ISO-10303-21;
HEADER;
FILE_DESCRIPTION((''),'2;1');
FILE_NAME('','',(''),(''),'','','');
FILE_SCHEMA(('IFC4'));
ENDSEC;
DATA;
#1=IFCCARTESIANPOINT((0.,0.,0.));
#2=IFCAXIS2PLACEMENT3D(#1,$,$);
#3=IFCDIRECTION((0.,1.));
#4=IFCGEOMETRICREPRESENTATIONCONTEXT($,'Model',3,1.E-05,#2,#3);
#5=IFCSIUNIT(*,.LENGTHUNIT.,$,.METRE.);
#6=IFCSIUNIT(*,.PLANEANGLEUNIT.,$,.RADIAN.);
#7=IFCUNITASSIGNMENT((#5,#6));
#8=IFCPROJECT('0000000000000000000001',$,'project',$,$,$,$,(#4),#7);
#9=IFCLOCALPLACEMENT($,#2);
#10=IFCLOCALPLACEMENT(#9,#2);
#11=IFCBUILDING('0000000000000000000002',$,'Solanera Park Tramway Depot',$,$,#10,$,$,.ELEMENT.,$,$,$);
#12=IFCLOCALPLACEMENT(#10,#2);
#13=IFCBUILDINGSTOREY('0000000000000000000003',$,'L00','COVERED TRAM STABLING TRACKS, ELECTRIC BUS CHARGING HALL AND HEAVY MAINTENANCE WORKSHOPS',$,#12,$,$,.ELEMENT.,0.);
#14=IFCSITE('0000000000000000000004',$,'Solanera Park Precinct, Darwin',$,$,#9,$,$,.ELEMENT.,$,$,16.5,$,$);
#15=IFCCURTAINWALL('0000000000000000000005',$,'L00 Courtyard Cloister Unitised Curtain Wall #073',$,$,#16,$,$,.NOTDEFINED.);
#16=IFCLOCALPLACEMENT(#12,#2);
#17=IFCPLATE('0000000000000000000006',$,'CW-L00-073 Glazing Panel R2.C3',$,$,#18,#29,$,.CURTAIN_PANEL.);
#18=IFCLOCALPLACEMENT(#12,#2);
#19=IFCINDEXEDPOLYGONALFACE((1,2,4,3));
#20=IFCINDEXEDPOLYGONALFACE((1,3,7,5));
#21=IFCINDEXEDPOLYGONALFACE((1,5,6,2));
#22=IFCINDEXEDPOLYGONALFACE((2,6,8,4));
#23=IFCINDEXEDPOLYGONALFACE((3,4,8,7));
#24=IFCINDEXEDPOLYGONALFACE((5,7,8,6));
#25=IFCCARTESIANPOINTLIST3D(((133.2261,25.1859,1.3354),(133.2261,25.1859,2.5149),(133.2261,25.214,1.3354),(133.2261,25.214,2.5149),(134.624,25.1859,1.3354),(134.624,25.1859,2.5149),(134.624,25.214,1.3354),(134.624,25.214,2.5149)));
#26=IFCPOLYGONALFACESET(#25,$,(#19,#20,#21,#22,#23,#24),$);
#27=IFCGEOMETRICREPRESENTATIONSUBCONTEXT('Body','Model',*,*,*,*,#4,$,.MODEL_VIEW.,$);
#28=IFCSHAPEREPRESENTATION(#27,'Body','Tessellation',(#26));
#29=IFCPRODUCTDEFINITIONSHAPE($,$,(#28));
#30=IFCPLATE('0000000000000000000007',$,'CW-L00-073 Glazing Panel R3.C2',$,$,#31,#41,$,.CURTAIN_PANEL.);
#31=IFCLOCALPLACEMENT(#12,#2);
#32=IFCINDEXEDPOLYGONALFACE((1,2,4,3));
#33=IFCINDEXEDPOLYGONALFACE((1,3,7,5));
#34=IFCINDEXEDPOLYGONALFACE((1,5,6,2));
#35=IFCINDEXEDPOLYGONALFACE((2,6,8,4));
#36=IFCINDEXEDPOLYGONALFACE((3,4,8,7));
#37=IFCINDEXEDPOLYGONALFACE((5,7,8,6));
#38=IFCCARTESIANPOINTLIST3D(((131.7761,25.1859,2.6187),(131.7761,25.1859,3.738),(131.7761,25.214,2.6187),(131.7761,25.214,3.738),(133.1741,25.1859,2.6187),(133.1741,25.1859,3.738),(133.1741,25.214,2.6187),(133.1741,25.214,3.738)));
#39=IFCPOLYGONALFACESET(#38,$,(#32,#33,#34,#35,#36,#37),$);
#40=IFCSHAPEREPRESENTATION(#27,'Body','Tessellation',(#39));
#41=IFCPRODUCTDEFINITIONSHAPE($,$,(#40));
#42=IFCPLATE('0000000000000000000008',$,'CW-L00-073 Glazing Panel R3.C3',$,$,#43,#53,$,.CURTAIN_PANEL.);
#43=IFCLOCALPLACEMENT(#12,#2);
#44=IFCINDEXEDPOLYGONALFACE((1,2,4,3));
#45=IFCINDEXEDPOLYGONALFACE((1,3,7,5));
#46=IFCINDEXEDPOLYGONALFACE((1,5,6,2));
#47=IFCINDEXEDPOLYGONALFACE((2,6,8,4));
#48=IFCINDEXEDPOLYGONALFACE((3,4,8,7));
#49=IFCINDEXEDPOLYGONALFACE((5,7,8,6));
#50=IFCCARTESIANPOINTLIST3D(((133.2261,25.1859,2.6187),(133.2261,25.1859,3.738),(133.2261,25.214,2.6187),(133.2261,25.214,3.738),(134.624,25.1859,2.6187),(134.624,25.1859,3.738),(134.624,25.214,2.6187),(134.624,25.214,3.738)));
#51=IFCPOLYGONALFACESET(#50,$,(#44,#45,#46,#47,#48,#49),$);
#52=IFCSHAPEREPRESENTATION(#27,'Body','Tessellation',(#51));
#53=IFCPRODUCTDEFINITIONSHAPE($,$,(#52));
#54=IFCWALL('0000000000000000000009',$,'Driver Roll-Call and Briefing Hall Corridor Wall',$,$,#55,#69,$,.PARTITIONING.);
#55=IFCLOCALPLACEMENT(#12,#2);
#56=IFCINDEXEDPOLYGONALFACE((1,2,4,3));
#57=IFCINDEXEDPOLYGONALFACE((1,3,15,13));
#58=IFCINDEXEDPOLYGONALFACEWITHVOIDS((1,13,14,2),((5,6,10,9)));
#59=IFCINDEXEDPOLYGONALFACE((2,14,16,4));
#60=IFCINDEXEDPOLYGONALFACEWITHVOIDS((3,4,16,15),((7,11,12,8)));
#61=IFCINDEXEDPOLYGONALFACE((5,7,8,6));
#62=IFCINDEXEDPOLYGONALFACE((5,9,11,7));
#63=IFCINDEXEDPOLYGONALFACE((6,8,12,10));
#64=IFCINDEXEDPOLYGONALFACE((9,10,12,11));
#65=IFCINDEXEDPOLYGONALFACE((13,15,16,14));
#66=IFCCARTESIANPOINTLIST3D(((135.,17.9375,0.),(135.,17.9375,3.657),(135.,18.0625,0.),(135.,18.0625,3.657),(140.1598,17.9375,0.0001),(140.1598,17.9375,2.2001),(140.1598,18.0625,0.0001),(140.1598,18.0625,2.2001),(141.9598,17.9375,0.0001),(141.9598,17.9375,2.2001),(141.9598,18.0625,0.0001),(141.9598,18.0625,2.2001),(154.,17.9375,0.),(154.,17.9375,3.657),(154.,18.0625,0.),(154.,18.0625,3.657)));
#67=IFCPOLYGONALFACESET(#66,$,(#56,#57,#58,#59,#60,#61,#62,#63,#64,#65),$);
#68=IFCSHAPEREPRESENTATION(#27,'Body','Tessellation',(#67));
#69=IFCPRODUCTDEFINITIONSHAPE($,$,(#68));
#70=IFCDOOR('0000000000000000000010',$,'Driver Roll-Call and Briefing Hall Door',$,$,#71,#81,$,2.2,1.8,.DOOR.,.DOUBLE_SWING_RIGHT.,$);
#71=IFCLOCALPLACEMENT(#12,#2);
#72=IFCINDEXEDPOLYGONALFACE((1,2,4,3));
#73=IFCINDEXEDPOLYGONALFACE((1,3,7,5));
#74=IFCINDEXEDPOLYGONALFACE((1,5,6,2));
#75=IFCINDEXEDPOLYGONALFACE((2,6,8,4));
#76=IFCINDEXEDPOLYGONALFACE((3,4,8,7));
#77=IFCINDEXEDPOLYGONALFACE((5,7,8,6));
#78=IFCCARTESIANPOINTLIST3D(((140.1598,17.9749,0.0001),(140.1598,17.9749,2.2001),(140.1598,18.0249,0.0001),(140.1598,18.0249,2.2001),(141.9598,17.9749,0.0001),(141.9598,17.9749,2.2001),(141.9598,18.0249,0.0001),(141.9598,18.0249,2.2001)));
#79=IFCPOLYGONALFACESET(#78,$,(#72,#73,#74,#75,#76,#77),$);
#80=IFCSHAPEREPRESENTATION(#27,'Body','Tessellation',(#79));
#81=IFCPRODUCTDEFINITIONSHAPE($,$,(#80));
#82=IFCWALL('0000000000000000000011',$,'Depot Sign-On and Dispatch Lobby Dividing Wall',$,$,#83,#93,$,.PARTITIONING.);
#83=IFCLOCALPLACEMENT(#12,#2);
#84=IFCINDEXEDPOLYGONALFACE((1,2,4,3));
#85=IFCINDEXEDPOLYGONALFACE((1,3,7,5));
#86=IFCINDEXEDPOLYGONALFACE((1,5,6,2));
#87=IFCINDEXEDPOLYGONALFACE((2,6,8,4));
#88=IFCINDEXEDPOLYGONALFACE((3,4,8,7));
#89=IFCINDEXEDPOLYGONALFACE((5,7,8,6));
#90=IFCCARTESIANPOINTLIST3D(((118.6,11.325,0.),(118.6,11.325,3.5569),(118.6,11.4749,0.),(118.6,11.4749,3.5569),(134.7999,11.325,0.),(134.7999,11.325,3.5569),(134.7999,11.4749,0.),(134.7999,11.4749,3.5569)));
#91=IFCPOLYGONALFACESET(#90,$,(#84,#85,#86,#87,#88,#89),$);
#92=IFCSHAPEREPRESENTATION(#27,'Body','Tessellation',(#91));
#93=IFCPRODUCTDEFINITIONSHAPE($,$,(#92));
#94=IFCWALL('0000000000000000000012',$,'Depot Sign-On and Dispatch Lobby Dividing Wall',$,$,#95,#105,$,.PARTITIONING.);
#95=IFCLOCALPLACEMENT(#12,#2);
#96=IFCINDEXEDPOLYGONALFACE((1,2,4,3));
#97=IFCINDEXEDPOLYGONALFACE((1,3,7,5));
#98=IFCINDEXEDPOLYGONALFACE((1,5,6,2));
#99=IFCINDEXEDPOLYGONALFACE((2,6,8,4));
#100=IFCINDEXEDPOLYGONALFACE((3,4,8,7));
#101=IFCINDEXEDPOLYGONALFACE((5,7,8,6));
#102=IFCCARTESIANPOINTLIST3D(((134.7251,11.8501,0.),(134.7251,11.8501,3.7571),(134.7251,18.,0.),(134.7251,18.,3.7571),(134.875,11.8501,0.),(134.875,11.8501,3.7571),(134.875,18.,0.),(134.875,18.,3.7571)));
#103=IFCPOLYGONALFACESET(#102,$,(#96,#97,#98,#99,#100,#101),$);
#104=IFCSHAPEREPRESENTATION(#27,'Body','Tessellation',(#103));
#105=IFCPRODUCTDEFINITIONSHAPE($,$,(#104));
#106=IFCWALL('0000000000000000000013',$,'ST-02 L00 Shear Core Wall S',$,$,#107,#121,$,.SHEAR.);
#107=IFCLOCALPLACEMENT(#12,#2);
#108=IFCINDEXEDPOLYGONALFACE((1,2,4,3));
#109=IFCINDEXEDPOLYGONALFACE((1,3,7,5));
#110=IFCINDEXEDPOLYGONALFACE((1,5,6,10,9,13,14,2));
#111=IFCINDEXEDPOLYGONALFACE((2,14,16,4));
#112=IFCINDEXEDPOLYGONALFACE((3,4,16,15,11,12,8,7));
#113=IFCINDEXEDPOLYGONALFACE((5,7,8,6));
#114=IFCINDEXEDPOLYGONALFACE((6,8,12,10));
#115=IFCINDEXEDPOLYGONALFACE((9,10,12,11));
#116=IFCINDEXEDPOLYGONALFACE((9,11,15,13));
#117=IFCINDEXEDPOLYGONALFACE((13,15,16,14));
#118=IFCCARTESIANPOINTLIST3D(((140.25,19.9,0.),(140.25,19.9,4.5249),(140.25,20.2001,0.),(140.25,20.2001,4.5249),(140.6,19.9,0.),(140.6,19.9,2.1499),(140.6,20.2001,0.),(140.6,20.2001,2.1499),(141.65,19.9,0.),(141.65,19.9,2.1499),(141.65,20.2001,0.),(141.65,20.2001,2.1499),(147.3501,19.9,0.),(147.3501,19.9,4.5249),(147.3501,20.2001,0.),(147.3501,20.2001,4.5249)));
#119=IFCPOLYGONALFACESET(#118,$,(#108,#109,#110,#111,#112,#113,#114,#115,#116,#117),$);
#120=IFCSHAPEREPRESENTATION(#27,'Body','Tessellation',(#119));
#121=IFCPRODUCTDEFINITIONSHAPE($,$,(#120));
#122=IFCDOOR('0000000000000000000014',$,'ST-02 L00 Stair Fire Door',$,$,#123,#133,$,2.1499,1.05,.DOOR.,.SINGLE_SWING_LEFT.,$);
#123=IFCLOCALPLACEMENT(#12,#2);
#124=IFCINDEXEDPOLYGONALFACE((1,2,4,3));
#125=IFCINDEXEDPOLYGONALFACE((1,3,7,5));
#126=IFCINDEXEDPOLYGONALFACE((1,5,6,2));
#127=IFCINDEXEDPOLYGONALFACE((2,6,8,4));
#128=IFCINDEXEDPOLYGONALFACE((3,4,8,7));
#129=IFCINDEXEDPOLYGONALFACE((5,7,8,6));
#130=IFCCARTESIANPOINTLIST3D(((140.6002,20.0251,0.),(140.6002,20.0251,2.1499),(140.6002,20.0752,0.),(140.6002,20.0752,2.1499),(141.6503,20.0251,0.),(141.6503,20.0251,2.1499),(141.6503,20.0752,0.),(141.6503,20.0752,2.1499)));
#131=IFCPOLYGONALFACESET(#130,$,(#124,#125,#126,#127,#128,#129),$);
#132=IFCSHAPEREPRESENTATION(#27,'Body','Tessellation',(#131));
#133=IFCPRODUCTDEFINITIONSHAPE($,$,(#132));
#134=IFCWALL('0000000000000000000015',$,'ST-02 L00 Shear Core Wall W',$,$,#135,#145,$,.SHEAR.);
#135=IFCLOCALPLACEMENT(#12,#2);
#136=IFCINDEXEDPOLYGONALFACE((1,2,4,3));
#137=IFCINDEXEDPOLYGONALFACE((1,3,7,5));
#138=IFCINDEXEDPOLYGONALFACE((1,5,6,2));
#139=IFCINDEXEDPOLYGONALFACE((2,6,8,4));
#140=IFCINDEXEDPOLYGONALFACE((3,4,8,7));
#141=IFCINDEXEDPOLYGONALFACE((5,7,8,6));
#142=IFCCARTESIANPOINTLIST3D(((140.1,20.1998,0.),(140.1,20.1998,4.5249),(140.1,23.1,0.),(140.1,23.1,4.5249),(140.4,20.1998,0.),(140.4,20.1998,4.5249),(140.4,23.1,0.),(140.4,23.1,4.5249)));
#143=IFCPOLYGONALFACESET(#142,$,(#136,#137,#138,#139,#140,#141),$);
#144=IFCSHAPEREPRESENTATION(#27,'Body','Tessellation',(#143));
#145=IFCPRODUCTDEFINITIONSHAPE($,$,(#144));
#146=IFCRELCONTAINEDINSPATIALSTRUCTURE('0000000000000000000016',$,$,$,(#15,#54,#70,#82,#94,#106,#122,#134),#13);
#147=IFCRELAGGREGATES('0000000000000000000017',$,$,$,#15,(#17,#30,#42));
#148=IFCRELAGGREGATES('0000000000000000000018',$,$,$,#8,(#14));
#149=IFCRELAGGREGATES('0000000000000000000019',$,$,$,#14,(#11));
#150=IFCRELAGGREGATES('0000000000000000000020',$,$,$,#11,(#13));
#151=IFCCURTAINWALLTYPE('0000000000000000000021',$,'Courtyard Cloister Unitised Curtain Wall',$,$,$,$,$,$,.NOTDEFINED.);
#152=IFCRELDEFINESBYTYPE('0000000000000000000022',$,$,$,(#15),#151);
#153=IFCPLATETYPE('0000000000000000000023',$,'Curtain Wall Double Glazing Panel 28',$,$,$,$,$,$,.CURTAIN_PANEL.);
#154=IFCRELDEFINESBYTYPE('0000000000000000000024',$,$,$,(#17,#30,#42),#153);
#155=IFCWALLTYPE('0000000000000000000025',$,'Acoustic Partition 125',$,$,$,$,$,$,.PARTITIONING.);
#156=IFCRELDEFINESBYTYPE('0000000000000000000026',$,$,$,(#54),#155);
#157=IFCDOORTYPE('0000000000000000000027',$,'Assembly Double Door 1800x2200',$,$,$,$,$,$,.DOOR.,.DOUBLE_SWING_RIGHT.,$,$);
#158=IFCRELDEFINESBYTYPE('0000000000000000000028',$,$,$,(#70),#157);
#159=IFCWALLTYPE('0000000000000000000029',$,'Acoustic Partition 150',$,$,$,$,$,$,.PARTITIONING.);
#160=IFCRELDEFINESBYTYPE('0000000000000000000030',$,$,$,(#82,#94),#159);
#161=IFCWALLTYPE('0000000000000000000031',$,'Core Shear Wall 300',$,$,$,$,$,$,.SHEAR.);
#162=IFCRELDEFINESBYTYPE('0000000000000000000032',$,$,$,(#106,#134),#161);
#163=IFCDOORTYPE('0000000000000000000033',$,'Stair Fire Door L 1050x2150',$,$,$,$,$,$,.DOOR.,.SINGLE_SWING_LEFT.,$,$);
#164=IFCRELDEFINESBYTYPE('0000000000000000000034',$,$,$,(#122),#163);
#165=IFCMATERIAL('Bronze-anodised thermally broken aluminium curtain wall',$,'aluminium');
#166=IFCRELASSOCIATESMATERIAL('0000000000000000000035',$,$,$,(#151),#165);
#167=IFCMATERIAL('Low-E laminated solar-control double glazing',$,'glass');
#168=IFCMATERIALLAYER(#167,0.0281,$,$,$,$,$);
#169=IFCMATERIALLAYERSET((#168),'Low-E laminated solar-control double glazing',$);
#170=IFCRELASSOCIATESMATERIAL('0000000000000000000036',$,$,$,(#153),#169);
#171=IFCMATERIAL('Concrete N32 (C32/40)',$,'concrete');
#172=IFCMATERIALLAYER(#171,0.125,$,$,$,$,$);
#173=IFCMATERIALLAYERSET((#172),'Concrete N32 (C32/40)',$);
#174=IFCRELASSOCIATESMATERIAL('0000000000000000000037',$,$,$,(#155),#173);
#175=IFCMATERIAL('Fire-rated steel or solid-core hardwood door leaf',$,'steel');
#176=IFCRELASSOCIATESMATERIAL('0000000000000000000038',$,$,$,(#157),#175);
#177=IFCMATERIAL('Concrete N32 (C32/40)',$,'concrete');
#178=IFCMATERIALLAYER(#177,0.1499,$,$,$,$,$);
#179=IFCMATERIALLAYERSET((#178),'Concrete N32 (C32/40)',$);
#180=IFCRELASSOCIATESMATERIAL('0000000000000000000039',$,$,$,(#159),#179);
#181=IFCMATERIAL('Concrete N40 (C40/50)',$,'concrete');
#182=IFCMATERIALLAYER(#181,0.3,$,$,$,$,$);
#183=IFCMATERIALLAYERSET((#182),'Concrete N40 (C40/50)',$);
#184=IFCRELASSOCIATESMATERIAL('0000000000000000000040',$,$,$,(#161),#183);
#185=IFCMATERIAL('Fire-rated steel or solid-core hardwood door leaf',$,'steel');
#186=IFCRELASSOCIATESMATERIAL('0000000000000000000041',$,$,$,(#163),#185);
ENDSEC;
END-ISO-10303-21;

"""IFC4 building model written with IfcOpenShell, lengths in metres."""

from ifc_helpers import new_model, si_unit, direction, frame, frame_2d, origin, origin_2d, place, context, subcontext, project, spatial, rectangle, extrude, material, layer, layer_set, type_object, element, fill, aggregate, save


model = new_model("IFC4")

# Units and contexts
model_context = context("Model", 3, precision=1e-05, world=origin(), true_north=direction((0.0, 1.0)))
body_context = subcontext(model_context, "Body", "Model", "MODEL_VIEW")
ifc_project = project(units=[si_unit("LENGTHUNIT", "METRE"), si_unit("PLANEANGLEUNIT", "RADIAN")], contexts=[model_context])

# Site, building, storey
site_placement = place(None, origin())
site = spatial("IfcSite", under=ifc_project, at=site_placement, Name="Solanera Park Precinct, Darwin", CompositionType="ELEMENT", RefElevation=16.5)
building_placement = place(site_placement, origin())
building = spatial("IfcBuilding", under=site, at=building_placement, Name="Solanera Park Tramway Depot", CompositionType="ELEMENT")
storey_placement = place(building_placement, origin())
storey = spatial("IfcBuildingStorey", under=building, at=storey_placement, Name="L00", Description="COVERED TRAM STABLING TRACKS, ELECTRIC BUS CHARGING HALL AND HEAVY MAINTENANCE WORKSHOPS", CompositionType="ELEMENT", Elevation=0.0)

# Curtain wall, plates
ifc_material_1 = material(Name="Bronze-anodised thermally broken aluminium curtain wall", Category="aluminium")
curtain_wall_type = type_object("IfcCurtainWallType", Name="Courtyard Cloister Unitised Curtain Wall", PredefinedType="NOTDEFINED", material=ifc_material_1)
curtain_wall_placement = place(storey_placement, origin())
curtain_wall = element("IfcCurtainWall", 1, at=curtain_wall_placement, inside=storey, type_object=curtain_wall_type, Name="L00 Courtyard Cloister Unitised Curtain Wall #073", PredefinedType="NOTDEFINED")
ifc_material_2 = material(Name="Low-E laminated solar-control double glazing", Category="glass")
ifc_layer_1 = layer(ifc_material_2, 0.0281)
ifc_layer_set_1 = layer_set([ifc_layer_1], Name="Low-E laminated solar-control double glazing")
plate_type = type_object("IfcPlateType", Name="Curtain Wall Double Glazing Panel 28", PredefinedType="CURTAIN_PANEL", material=ifc_layer_set_1)
plate_1_placement = place(storey_placement, frame((133.925, 25.2, 1.3354), z_axis=(0.0, 0.0, 1.0), x_axis=(1.0, 0.0, 0.0)))
plate_1 = element("IfcPlate", 2, at=plate_1_placement, type_object=plate_type, Name="CW-L00-073 Glazing Panel R2.C3", PredefinedType="CURTAIN_PANEL", context=body_context, shape_type="SweptSolid", body=[
    extrude(rectangle(XDim=1.3979, YDim=0.0281, at=origin_2d()), origin(), (0.0, 0.0, 1.0), 1.1794),
])
plate_2_placement = place(storey_placement, frame((132.4751, 25.2, 2.6187), z_axis=(0.0, 0.0, 1.0), x_axis=(1.0, 0.0, 0.0)))
plate_2 = element("IfcPlate", 3, at=plate_2_placement, type_object=plate_type, Name="CW-L00-073 Glazing Panel R3.C2", PredefinedType="CURTAIN_PANEL", context=body_context, shape_type="SweptSolid", body=[
    extrude(rectangle(XDim=1.3979, YDim=0.0281, at=origin_2d()), origin(), (0.0, 0.0, 1.0), 1.1194),
])
plate_3_placement = place(storey_placement, frame((133.925, 25.2, 2.6187), z_axis=(0.0, 0.0, 1.0), x_axis=(1.0, 0.0, 0.0)))
plate_3 = element("IfcPlate", 4, at=plate_3_placement, type_object=plate_type, Name="CW-L00-073 Glazing Panel R3.C3", PredefinedType="CURTAIN_PANEL", context=body_context, shape_type="SweptSolid", body=[
    extrude(rectangle(XDim=1.3979, YDim=0.0281, at=origin_2d()), origin(), (0.0, 0.0, 1.0), 1.1194),
])
aggregate(curtain_wall, [plate_1, plate_2, plate_3])

# Wall, opening, door
ifc_material_3 = material(Name="Concrete N32 (C32/40)", Category="concrete")
ifc_layer_2 = layer(ifc_material_3, 0.125)
ifc_layer_set_2 = layer_set([ifc_layer_2], Name="Concrete N32 (C32/40)")
wall_type_1 = type_object("IfcWallType", Name="Acoustic Partition 125", PredefinedType="PARTITIONING", material=ifc_layer_set_2)
wall_1_placement = place(storey_placement, frame((135.0, 18.0, 0.0), z_axis=(0.0, 0.0, 1.0), x_axis=(1.0, 0.0, 0.0)))
wall_1 = element("IfcWall", 5, at=wall_1_placement, inside=storey, type_object=wall_type_1, Name="Driver Roll-Call and Briefing Hall Corridor Wall", PredefinedType="PARTITIONING", context=body_context, shape_type="SweptSolid", body=[
    extrude(rectangle(XDim=19.0, YDim=0.125, at=frame_2d((9.5, 0.0))), origin(), (0.0, 0.0, 1.0), 3.657),
])
opening_1_placement = place(wall_1_placement, frame((5.1599, 0.0, 0.0)))
opening_1 = element("IfcOpeningElement", 6, at=opening_1_placement, cuts=wall_1, PredefinedType="OPENING", context=body_context, shape_type="SweptSolid", body=[
    extrude(rectangle(XDim=1.8, YDim=2.2, at=frame_2d((0.8999, 1.1001))), frame((0.0, 0.0725, 0.0), z_axis=(0.0, -1.0, 0.0), x_axis=(1.0, 0.0, 0.0)), (0.0, 0.0, 1.0), 0.145),
])
ifc_material_4 = material(Name="Fire-rated steel or solid-core hardwood door leaf", Category="steel")
door_type_1 = type_object("IfcDoorType", Name="Assembly Double Door 1800x2200", OperationType="DOUBLE_SWING_RIGHT", PredefinedType="DOOR", material=ifc_material_4)
door_1_placement = place(opening_1_placement, origin())
door_1 = element("IfcDoor", 7, at=door_1_placement, inside=storey, type_object=door_type_1, Name="Driver Roll-Call and Briefing Hall Door", OperationType="DOUBLE_SWING_RIGHT", OverallHeight=2.2, OverallWidth=1.8, PredefinedType="DOOR", context=body_context, shape_type="SweptSolid", body=[
    extrude(rectangle(XDim=1.8, YDim=2.2, at=frame_2d((0.8999, 1.1001))), frame((0.0, 0.0249, 0.0), z_axis=(0.0, -1.0, 0.0), x_axis=(1.0, 0.0, 0.0)), (0.0, 0.0, 1.0), 0.05),
])
fill(opening_1, door_1)

# Walls
ifc_material_5 = material(Name="Concrete N32 (C32/40)", Category="concrete")
ifc_layer_3 = layer(ifc_material_5, 0.1499)
ifc_layer_set_3 = layer_set([ifc_layer_3], Name="Concrete N32 (C32/40)")
wall_type_2 = type_object("IfcWallType", Name="Acoustic Partition 150", PredefinedType="PARTITIONING", material=ifc_layer_set_3)
wall_2_placement = place(storey_placement, frame((134.8, 11.3999, 0.0), z_axis=(0.0, 0.0, 1.0), x_axis=(-1.0, 0.0, 0.0)))
element("IfcWall", 8, at=wall_2_placement, inside=storey, type_object=wall_type_2, Name="Depot Sign-On and Dispatch Lobby Dividing Wall", PredefinedType="PARTITIONING", context=body_context, shape_type="SweptSolid", body=[
    extrude(rectangle(XDim=16.2, YDim=0.1499, at=frame_2d((8.1001, 0.0))), origin(), (0.0, 0.0, 1.0), 3.5569),
])
wall_3_placement = place(storey_placement, frame((134.8, 11.8501, 0.0), z_axis=(0.0, 0.0, 1.0), x_axis=(0.0, 1.0, 0.0)))
element("IfcWall", 9, at=wall_3_placement, inside=storey, type_object=wall_type_2, Name="Depot Sign-On and Dispatch Lobby Dividing Wall", PredefinedType="PARTITIONING", context=body_context, shape_type="SweptSolid", body=[
    extrude(rectangle(XDim=6.1499, YDim=0.1499, at=frame_2d((3.075, 0.0))), origin(), (0.0, 0.0, 1.0), 3.7571),
])

# Wall, opening, door
ifc_material_6 = material(Name="Concrete N40 (C40/50)", Category="concrete")
ifc_layer_4 = layer(ifc_material_6, 0.3)
ifc_layer_set_4 = layer_set([ifc_layer_4], Name="Concrete N40 (C40/50)")
wall_type_3 = type_object("IfcWallType", Name="Core Shear Wall 300", PredefinedType="SHEAR", material=ifc_layer_set_4)
wall_4_placement = place(storey_placement, frame((140.25, 20.05, 0.0), z_axis=(0.0, 0.0, 1.0), x_axis=(1.0, 0.0, 0.0)))
wall_4 = element("IfcWall", 10, at=wall_4_placement, inside=storey, type_object=wall_type_3, Name="ST-02 L00 Shear Core Wall S", PredefinedType="SHEAR", context=body_context, shape_type="SweptSolid", body=[
    extrude(rectangle(XDim=7.1001, YDim=0.3, at=frame_2d((3.55, 0.0))), origin(), (0.0, 0.0, 1.0), 4.5249),
])
opening_2_placement = place(wall_4_placement, frame((0.3501, 0.0, 0.0)))
opening_2 = element("IfcOpeningElement", 11, at=opening_2_placement, cuts=wall_4, PredefinedType="OPENING", context=body_context, shape_type="SweptSolid", body=[
    extrude(rectangle(XDim=1.05, YDim=2.1499, at=frame_2d((0.5249, 1.075))), frame((0.0, 0.1602, 0.0), z_axis=(0.0, -1.0, 0.0), x_axis=(1.0, 0.0, 0.0)), (0.0, 0.0, 1.0), 0.3201),
])
ifc_material_7 = material(Name="Fire-rated steel or solid-core hardwood door leaf", Category="steel")
door_type_2 = type_object("IfcDoorType", Name="Stair Fire Door L 1050x2150", OperationType="SINGLE_SWING_LEFT", PredefinedType="DOOR", material=ifc_material_7)
door_2_placement = place(opening_2_placement, frame((1.05, 0.0, 0.0), z_axis=(0.0, 0.0, 1.0), x_axis=(-1.0, 0.0, 0.0)))
door_2 = element("IfcDoor", 12, at=door_2_placement, inside=storey, type_object=door_type_2, Name="ST-02 L00 Stair Fire Door", OperationType="SINGLE_SWING_LEFT", OverallHeight=2.1499, OverallWidth=1.05, PredefinedType="DOOR", context=body_context, shape_type="SweptSolid", body=[
    extrude(rectangle(XDim=1.05, YDim=2.1499, at=frame_2d((0.5249, 1.075))), frame((0.0, 0.0249, 0.0), z_axis=(0.0, -1.0, 0.0), x_axis=(1.0, 0.0, 0.0)), (0.0, 0.0, 1.0), 0.05),
])
fill(opening_2, door_2)

# Wall
wall_5_placement = place(storey_placement, frame((140.25, 23.1001, 0.0), z_axis=(0.0, 0.0, 1.0), x_axis=(0.0, -1.0, 0.0)))
element("IfcWall", 13, at=wall_5_placement, inside=storey, type_object=wall_type_3, Name="ST-02 L00 Shear Core Wall W", PredefinedType="SHEAR", context=body_context, shape_type="SweptSolid", body=[
    extrude(rectangle(XDim=2.9001, YDim=0.3, at=frame_2d((1.4502, 0.0))), origin(), (0.0, 0.0, 1.0), 4.5249),
])

save(model, "model.ifc")
